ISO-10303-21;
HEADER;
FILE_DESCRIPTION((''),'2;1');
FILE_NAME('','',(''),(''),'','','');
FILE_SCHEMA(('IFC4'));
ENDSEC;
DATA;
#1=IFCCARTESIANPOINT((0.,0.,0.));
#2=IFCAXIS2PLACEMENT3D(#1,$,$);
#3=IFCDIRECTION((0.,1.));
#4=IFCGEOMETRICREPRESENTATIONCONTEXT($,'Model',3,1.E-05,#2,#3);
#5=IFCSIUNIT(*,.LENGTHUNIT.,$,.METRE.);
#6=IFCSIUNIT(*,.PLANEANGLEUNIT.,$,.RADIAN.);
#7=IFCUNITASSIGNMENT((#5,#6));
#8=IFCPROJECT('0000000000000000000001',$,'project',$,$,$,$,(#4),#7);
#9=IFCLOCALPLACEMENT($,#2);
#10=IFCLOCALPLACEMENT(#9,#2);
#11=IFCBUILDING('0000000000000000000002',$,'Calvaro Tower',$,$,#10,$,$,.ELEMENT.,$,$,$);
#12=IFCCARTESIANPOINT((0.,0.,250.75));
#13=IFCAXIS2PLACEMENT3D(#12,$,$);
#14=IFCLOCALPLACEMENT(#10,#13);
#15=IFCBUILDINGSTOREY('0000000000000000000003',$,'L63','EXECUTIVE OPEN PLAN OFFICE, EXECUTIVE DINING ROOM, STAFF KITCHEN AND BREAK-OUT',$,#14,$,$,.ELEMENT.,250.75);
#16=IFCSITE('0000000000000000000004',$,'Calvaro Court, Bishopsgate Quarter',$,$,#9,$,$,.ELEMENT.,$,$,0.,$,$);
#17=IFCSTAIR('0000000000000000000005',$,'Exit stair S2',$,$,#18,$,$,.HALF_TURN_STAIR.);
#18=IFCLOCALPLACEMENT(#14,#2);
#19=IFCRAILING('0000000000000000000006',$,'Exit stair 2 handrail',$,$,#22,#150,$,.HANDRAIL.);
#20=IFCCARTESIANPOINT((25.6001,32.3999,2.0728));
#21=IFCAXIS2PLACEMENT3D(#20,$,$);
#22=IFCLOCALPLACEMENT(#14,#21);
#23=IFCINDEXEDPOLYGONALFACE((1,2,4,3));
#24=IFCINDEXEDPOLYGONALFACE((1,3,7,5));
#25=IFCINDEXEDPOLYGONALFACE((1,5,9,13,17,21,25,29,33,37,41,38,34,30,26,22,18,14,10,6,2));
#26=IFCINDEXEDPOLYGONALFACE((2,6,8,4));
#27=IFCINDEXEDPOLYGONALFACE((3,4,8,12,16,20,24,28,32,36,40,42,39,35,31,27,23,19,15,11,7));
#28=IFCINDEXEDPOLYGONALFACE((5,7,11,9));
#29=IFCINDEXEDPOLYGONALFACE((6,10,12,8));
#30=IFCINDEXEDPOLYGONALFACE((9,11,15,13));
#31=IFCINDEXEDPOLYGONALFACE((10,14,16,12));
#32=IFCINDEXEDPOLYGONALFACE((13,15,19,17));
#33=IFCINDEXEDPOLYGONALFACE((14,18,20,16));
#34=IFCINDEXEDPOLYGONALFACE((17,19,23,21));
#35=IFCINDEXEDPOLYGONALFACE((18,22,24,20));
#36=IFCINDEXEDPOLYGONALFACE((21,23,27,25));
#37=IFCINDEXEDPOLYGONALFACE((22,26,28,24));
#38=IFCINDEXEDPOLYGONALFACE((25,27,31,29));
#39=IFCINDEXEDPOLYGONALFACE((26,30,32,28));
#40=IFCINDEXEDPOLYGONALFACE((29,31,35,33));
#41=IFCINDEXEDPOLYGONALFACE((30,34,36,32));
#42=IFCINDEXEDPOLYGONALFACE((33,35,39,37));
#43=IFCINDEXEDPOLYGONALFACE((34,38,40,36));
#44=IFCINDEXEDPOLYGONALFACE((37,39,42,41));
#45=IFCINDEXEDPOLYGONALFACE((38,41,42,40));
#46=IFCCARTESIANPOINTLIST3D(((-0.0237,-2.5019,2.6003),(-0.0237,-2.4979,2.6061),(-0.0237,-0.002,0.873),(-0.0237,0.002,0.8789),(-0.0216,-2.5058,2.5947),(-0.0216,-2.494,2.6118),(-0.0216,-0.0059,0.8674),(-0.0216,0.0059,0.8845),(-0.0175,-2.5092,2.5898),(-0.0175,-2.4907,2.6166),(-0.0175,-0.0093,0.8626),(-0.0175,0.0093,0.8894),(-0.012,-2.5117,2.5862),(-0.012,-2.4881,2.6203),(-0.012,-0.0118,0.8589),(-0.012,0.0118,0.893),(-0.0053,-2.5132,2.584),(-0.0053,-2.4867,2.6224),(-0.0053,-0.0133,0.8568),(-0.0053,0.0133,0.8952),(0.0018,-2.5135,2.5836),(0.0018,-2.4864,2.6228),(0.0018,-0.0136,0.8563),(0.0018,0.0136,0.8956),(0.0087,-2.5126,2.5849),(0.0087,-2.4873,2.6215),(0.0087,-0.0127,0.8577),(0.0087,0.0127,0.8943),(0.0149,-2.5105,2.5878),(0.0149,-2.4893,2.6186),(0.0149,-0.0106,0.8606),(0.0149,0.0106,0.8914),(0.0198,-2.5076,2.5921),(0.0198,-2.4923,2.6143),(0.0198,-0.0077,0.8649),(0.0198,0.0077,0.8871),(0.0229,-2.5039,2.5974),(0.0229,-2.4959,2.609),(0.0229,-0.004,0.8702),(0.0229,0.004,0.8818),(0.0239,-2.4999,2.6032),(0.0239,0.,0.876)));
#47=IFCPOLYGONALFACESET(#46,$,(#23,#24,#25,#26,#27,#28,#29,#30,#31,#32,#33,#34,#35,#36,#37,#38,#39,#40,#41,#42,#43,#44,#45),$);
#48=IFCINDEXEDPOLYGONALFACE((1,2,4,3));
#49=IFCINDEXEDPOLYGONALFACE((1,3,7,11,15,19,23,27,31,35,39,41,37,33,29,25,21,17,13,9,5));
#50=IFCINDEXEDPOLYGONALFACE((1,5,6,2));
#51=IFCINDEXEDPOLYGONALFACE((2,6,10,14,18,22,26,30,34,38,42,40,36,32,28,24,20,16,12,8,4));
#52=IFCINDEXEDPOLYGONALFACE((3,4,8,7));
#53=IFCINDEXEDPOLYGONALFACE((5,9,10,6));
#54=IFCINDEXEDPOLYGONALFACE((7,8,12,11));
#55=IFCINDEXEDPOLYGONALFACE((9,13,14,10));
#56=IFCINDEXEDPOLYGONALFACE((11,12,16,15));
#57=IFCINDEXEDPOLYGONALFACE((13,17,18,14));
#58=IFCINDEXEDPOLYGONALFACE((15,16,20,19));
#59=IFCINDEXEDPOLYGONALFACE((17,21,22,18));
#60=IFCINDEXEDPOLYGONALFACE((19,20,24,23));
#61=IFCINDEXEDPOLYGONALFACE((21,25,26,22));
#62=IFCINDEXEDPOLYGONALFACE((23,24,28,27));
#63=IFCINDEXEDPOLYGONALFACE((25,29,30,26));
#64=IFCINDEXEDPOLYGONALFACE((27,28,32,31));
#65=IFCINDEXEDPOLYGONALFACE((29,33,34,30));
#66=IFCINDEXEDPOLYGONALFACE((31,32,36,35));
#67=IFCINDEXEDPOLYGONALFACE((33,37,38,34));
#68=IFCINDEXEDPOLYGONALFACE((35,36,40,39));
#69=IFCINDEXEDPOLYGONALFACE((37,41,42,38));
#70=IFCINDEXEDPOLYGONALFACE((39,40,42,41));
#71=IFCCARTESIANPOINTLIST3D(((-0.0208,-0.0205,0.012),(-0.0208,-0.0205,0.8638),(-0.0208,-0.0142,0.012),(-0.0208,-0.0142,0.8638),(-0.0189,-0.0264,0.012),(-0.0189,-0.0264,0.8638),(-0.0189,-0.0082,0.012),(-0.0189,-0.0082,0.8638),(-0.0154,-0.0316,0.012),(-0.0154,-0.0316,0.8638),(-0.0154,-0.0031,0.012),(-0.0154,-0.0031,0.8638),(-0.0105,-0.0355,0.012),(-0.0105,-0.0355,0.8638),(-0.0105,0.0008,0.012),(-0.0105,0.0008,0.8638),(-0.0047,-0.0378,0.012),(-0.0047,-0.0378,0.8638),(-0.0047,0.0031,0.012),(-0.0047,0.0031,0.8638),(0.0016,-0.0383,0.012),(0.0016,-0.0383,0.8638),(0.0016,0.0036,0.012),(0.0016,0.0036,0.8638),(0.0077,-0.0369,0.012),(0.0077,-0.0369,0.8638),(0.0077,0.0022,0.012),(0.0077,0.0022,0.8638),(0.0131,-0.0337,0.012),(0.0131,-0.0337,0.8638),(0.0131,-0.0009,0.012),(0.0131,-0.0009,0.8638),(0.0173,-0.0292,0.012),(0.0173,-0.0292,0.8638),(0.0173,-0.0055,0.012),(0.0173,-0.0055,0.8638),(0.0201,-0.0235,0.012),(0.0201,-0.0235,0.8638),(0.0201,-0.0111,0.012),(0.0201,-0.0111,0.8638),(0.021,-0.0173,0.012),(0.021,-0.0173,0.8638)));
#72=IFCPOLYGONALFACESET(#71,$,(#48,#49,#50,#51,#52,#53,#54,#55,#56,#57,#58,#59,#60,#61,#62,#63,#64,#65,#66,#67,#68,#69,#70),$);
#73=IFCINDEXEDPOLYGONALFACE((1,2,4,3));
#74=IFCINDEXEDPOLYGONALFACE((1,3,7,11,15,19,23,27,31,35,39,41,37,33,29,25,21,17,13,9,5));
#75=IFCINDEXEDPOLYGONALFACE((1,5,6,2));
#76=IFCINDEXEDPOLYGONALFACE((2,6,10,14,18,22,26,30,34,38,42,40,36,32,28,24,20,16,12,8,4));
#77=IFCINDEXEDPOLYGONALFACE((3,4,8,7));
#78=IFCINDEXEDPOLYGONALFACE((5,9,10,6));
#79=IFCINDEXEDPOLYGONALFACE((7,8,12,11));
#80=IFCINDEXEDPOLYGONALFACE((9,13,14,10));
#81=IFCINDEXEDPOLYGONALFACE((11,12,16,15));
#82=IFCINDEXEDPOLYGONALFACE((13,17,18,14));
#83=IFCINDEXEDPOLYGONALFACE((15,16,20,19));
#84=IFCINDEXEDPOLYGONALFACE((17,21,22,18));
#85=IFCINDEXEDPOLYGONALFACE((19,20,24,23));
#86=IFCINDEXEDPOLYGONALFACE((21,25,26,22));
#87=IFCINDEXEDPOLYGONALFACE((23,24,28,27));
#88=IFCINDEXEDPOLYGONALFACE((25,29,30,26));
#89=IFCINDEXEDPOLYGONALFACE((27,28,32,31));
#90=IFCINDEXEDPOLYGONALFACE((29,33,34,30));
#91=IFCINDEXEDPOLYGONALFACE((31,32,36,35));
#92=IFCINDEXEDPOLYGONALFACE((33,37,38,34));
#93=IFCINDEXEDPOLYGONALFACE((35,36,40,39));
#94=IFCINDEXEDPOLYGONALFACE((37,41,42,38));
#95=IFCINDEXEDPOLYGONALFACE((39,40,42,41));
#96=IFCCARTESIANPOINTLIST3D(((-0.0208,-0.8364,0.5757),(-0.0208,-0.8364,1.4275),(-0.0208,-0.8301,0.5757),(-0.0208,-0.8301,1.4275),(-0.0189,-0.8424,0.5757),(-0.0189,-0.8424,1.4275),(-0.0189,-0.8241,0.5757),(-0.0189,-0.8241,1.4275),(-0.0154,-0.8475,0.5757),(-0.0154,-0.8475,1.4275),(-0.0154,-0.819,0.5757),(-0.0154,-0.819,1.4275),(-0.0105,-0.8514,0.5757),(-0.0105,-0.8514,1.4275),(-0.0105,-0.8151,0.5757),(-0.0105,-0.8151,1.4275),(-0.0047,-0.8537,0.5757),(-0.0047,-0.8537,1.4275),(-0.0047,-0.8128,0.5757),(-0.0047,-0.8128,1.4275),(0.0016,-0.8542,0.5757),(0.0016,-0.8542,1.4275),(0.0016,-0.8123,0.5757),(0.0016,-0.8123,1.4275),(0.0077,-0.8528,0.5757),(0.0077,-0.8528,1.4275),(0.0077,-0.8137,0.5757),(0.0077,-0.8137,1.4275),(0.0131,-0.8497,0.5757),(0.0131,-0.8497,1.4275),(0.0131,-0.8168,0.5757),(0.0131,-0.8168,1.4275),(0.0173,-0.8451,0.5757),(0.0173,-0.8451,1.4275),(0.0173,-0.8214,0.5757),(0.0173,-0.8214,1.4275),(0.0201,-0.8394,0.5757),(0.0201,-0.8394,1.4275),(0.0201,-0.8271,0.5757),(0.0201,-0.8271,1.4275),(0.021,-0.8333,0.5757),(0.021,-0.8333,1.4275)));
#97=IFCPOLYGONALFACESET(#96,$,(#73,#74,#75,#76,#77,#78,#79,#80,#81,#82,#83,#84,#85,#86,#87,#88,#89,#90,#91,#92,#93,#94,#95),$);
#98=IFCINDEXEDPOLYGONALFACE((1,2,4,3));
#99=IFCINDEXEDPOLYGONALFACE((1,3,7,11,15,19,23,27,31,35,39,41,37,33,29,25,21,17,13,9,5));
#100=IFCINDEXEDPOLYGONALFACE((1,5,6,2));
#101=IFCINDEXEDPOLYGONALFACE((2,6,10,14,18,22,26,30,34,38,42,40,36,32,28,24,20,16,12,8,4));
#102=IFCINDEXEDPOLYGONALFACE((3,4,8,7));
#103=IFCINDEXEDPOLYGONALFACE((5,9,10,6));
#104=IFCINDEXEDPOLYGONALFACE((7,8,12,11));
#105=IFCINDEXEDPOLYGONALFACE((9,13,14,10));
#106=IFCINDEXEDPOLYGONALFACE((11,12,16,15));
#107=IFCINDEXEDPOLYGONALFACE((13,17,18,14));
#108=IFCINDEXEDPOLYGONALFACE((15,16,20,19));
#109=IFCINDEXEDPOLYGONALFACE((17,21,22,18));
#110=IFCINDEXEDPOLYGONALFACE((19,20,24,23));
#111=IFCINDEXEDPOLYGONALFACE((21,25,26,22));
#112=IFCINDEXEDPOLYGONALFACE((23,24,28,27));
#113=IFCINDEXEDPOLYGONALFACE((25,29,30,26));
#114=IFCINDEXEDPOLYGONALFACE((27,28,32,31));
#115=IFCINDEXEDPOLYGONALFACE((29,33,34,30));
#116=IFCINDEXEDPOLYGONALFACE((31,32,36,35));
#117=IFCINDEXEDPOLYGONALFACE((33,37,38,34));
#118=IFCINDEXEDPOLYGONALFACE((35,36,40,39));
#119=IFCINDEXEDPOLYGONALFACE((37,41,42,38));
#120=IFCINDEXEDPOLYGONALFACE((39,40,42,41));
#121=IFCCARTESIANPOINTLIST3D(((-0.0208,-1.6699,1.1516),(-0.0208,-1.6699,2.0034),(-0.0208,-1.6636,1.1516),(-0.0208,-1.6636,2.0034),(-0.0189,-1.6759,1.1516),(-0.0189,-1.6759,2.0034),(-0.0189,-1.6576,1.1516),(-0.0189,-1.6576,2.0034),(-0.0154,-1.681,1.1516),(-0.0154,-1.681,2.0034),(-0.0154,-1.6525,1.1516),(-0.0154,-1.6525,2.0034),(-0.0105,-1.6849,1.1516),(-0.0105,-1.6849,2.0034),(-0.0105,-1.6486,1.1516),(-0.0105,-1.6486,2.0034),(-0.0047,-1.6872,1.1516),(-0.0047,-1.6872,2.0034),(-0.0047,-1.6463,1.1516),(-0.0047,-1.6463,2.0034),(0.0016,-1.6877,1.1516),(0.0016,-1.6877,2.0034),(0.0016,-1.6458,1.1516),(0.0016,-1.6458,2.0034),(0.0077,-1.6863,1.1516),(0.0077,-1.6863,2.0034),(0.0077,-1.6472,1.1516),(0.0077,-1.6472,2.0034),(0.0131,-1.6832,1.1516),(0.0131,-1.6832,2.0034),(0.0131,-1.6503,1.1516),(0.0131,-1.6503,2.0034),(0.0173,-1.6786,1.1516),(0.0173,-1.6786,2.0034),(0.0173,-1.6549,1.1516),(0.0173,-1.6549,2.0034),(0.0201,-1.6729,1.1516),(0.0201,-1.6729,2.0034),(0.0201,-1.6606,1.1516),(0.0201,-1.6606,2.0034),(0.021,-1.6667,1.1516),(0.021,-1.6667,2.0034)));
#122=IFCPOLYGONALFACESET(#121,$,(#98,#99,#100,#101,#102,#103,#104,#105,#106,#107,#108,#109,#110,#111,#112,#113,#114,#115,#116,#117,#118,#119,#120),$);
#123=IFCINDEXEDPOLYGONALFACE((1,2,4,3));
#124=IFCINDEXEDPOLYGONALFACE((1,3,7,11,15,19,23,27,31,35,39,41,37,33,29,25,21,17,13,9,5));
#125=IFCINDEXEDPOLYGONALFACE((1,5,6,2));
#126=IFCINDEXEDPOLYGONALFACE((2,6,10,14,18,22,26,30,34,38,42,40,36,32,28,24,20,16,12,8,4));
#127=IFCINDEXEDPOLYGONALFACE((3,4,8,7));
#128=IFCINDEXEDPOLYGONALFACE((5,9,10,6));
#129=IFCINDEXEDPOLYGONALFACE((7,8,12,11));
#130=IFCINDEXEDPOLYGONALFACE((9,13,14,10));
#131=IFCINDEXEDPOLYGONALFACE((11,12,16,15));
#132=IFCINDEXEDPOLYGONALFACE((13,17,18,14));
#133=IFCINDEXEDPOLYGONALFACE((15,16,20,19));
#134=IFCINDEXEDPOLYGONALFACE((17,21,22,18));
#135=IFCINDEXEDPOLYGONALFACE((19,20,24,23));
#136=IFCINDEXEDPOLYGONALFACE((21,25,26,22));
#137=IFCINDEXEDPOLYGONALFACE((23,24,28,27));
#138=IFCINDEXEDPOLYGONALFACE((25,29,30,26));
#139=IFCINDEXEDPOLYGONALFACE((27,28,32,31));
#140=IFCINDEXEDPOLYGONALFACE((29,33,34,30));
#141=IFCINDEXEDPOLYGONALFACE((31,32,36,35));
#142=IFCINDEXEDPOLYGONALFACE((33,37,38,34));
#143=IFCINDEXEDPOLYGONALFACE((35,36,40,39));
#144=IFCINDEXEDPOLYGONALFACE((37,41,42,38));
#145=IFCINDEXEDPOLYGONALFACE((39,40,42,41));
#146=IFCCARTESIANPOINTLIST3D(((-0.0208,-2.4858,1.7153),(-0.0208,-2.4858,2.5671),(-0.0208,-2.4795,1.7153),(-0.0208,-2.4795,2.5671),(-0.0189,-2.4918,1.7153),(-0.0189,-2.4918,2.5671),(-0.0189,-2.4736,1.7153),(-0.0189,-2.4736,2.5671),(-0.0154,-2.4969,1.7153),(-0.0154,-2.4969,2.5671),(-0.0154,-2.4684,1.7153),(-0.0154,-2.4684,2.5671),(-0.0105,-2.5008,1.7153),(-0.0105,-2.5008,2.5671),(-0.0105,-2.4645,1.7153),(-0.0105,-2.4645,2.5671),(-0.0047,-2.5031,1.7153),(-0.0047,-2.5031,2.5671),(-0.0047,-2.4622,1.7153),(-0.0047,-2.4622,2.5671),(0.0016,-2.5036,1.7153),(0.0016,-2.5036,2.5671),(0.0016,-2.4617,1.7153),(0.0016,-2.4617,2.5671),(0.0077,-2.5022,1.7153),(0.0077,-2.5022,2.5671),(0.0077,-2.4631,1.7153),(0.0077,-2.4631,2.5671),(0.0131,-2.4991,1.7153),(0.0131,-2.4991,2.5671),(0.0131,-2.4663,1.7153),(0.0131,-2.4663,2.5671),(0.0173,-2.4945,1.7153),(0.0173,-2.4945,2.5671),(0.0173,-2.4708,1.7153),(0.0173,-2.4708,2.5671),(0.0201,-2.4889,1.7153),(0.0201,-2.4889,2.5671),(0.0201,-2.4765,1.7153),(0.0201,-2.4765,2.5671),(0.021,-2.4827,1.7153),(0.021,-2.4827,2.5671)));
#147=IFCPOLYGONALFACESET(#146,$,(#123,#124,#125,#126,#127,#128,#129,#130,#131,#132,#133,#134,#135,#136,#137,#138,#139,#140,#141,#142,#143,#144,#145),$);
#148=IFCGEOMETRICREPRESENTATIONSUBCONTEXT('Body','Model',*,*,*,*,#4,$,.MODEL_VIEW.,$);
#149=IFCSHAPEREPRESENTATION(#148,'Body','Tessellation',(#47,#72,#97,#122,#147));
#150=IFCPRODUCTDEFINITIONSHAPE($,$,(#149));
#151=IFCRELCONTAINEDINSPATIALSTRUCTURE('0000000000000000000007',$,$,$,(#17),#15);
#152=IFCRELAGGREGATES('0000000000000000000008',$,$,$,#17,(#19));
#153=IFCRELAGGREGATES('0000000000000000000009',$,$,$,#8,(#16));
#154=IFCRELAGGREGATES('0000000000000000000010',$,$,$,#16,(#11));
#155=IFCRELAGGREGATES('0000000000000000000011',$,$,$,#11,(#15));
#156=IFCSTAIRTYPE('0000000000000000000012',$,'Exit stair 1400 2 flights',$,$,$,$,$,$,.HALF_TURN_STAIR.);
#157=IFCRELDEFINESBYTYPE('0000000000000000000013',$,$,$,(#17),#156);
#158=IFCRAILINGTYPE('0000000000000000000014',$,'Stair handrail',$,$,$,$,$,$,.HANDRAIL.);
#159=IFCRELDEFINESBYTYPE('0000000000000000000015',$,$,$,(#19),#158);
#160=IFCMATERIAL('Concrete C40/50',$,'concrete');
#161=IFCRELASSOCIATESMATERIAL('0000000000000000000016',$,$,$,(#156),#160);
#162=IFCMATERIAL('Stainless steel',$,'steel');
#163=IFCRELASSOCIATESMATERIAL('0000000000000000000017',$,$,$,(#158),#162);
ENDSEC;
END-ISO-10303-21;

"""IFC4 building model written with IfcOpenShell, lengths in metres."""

from ifc_helpers import new_model, si_unit, direction, frame, origin, origin_2d, place, context, subcontext, project, spatial, circle, extrude, material, type_object, element, aggregate, save


model = new_model("IFC4")

# Units and contexts
model_context = context("Model", 3, precision=1e-05, world=origin(), true_north=direction((0.0, 1.0)))
body_context = subcontext(model_context, "Body", "Model", "MODEL_VIEW")
ifc_project = project(units=[si_unit("LENGTHUNIT", "METRE"), si_unit("PLANEANGLEUNIT", "RADIAN")], contexts=[model_context])

# Site, building, storey
site_placement = place(None, origin())
site = spatial("IfcSite", under=ifc_project, at=site_placement, Name="Calvaro Court, Bishopsgate Quarter", CompositionType="ELEMENT", RefElevation=0.0)
building_placement = place(site_placement, origin())
building = spatial("IfcBuilding", under=site, at=building_placement, Name="Calvaro Tower", CompositionType="ELEMENT")
storey_placement = place(building_placement, frame((0.0, 0.0, 250.75)))
storey = spatial("IfcBuildingStorey", under=building, at=storey_placement, Name="L63", Description="EXECUTIVE OPEN PLAN OFFICE, EXECUTIVE DINING ROOM, STAFF KITCHEN AND BREAK-OUT", CompositionType="ELEMENT", Elevation=250.75)

# Stair, railing
ifc_material_1 = material(Name="Concrete C40/50", Category="concrete")
stair_type = type_object("IfcStairType", Name="Exit stair 1400 2 flights", PredefinedType="HALF_TURN_STAIR", material=ifc_material_1)
stair_placement = place(storey_placement, origin())
stair = element("IfcStair", 1, at=stair_placement, inside=storey, type_object=stair_type, Name="Exit stair S2", PredefinedType="HALF_TURN_STAIR")
ifc_material_2 = material(Name="Stainless steel", Category="steel")
railing_type = type_object("IfcRailingType", Name="Stair handrail", PredefinedType="HANDRAIL", material=ifc_material_2)
railing_1_placement = place(storey_placement, frame((25.6001, 32.3999, 2.0728)))
railing_1 = element("IfcRailing", 2, at=railing_1_placement, type_object=railing_type, Name="Exit stair 2 handrail", PredefinedType="HANDRAIL", context=body_context, shape_type="SweptSolid", body=[
    extrude(circle(Radius=0.0239, at=origin_2d()), frame((0.0, 0.0, 0.876), z_axis=(0.0, -0.822727, 0.568437), x_axis=(1.0, 0.0, 0.0)), (0.0, 0.0, 1.0), 3.0386),
    extrude(circle(Radius=0.021, at=origin_2d()), frame((0.0, -0.0173, 0.012)), (0.0, 0.0, 1.0), 0.8518),
    extrude(circle(Radius=0.021, at=origin_2d()), frame((0.0, -0.8333, 0.5757)), (0.0, 0.0, 1.0), 0.8518),
    extrude(circle(Radius=0.021, at=origin_2d()), frame((0.0, -1.6667, 1.1516)), (0.0, 0.0, 1.0), 0.8518),
    extrude(circle(Radius=0.021, at=origin_2d()), frame((0.0, -2.4827, 1.7153)), (0.0, 0.0, 1.0), 0.8518),
])
aggregate(stair, [railing_1])

save(model, "model.ifc")
